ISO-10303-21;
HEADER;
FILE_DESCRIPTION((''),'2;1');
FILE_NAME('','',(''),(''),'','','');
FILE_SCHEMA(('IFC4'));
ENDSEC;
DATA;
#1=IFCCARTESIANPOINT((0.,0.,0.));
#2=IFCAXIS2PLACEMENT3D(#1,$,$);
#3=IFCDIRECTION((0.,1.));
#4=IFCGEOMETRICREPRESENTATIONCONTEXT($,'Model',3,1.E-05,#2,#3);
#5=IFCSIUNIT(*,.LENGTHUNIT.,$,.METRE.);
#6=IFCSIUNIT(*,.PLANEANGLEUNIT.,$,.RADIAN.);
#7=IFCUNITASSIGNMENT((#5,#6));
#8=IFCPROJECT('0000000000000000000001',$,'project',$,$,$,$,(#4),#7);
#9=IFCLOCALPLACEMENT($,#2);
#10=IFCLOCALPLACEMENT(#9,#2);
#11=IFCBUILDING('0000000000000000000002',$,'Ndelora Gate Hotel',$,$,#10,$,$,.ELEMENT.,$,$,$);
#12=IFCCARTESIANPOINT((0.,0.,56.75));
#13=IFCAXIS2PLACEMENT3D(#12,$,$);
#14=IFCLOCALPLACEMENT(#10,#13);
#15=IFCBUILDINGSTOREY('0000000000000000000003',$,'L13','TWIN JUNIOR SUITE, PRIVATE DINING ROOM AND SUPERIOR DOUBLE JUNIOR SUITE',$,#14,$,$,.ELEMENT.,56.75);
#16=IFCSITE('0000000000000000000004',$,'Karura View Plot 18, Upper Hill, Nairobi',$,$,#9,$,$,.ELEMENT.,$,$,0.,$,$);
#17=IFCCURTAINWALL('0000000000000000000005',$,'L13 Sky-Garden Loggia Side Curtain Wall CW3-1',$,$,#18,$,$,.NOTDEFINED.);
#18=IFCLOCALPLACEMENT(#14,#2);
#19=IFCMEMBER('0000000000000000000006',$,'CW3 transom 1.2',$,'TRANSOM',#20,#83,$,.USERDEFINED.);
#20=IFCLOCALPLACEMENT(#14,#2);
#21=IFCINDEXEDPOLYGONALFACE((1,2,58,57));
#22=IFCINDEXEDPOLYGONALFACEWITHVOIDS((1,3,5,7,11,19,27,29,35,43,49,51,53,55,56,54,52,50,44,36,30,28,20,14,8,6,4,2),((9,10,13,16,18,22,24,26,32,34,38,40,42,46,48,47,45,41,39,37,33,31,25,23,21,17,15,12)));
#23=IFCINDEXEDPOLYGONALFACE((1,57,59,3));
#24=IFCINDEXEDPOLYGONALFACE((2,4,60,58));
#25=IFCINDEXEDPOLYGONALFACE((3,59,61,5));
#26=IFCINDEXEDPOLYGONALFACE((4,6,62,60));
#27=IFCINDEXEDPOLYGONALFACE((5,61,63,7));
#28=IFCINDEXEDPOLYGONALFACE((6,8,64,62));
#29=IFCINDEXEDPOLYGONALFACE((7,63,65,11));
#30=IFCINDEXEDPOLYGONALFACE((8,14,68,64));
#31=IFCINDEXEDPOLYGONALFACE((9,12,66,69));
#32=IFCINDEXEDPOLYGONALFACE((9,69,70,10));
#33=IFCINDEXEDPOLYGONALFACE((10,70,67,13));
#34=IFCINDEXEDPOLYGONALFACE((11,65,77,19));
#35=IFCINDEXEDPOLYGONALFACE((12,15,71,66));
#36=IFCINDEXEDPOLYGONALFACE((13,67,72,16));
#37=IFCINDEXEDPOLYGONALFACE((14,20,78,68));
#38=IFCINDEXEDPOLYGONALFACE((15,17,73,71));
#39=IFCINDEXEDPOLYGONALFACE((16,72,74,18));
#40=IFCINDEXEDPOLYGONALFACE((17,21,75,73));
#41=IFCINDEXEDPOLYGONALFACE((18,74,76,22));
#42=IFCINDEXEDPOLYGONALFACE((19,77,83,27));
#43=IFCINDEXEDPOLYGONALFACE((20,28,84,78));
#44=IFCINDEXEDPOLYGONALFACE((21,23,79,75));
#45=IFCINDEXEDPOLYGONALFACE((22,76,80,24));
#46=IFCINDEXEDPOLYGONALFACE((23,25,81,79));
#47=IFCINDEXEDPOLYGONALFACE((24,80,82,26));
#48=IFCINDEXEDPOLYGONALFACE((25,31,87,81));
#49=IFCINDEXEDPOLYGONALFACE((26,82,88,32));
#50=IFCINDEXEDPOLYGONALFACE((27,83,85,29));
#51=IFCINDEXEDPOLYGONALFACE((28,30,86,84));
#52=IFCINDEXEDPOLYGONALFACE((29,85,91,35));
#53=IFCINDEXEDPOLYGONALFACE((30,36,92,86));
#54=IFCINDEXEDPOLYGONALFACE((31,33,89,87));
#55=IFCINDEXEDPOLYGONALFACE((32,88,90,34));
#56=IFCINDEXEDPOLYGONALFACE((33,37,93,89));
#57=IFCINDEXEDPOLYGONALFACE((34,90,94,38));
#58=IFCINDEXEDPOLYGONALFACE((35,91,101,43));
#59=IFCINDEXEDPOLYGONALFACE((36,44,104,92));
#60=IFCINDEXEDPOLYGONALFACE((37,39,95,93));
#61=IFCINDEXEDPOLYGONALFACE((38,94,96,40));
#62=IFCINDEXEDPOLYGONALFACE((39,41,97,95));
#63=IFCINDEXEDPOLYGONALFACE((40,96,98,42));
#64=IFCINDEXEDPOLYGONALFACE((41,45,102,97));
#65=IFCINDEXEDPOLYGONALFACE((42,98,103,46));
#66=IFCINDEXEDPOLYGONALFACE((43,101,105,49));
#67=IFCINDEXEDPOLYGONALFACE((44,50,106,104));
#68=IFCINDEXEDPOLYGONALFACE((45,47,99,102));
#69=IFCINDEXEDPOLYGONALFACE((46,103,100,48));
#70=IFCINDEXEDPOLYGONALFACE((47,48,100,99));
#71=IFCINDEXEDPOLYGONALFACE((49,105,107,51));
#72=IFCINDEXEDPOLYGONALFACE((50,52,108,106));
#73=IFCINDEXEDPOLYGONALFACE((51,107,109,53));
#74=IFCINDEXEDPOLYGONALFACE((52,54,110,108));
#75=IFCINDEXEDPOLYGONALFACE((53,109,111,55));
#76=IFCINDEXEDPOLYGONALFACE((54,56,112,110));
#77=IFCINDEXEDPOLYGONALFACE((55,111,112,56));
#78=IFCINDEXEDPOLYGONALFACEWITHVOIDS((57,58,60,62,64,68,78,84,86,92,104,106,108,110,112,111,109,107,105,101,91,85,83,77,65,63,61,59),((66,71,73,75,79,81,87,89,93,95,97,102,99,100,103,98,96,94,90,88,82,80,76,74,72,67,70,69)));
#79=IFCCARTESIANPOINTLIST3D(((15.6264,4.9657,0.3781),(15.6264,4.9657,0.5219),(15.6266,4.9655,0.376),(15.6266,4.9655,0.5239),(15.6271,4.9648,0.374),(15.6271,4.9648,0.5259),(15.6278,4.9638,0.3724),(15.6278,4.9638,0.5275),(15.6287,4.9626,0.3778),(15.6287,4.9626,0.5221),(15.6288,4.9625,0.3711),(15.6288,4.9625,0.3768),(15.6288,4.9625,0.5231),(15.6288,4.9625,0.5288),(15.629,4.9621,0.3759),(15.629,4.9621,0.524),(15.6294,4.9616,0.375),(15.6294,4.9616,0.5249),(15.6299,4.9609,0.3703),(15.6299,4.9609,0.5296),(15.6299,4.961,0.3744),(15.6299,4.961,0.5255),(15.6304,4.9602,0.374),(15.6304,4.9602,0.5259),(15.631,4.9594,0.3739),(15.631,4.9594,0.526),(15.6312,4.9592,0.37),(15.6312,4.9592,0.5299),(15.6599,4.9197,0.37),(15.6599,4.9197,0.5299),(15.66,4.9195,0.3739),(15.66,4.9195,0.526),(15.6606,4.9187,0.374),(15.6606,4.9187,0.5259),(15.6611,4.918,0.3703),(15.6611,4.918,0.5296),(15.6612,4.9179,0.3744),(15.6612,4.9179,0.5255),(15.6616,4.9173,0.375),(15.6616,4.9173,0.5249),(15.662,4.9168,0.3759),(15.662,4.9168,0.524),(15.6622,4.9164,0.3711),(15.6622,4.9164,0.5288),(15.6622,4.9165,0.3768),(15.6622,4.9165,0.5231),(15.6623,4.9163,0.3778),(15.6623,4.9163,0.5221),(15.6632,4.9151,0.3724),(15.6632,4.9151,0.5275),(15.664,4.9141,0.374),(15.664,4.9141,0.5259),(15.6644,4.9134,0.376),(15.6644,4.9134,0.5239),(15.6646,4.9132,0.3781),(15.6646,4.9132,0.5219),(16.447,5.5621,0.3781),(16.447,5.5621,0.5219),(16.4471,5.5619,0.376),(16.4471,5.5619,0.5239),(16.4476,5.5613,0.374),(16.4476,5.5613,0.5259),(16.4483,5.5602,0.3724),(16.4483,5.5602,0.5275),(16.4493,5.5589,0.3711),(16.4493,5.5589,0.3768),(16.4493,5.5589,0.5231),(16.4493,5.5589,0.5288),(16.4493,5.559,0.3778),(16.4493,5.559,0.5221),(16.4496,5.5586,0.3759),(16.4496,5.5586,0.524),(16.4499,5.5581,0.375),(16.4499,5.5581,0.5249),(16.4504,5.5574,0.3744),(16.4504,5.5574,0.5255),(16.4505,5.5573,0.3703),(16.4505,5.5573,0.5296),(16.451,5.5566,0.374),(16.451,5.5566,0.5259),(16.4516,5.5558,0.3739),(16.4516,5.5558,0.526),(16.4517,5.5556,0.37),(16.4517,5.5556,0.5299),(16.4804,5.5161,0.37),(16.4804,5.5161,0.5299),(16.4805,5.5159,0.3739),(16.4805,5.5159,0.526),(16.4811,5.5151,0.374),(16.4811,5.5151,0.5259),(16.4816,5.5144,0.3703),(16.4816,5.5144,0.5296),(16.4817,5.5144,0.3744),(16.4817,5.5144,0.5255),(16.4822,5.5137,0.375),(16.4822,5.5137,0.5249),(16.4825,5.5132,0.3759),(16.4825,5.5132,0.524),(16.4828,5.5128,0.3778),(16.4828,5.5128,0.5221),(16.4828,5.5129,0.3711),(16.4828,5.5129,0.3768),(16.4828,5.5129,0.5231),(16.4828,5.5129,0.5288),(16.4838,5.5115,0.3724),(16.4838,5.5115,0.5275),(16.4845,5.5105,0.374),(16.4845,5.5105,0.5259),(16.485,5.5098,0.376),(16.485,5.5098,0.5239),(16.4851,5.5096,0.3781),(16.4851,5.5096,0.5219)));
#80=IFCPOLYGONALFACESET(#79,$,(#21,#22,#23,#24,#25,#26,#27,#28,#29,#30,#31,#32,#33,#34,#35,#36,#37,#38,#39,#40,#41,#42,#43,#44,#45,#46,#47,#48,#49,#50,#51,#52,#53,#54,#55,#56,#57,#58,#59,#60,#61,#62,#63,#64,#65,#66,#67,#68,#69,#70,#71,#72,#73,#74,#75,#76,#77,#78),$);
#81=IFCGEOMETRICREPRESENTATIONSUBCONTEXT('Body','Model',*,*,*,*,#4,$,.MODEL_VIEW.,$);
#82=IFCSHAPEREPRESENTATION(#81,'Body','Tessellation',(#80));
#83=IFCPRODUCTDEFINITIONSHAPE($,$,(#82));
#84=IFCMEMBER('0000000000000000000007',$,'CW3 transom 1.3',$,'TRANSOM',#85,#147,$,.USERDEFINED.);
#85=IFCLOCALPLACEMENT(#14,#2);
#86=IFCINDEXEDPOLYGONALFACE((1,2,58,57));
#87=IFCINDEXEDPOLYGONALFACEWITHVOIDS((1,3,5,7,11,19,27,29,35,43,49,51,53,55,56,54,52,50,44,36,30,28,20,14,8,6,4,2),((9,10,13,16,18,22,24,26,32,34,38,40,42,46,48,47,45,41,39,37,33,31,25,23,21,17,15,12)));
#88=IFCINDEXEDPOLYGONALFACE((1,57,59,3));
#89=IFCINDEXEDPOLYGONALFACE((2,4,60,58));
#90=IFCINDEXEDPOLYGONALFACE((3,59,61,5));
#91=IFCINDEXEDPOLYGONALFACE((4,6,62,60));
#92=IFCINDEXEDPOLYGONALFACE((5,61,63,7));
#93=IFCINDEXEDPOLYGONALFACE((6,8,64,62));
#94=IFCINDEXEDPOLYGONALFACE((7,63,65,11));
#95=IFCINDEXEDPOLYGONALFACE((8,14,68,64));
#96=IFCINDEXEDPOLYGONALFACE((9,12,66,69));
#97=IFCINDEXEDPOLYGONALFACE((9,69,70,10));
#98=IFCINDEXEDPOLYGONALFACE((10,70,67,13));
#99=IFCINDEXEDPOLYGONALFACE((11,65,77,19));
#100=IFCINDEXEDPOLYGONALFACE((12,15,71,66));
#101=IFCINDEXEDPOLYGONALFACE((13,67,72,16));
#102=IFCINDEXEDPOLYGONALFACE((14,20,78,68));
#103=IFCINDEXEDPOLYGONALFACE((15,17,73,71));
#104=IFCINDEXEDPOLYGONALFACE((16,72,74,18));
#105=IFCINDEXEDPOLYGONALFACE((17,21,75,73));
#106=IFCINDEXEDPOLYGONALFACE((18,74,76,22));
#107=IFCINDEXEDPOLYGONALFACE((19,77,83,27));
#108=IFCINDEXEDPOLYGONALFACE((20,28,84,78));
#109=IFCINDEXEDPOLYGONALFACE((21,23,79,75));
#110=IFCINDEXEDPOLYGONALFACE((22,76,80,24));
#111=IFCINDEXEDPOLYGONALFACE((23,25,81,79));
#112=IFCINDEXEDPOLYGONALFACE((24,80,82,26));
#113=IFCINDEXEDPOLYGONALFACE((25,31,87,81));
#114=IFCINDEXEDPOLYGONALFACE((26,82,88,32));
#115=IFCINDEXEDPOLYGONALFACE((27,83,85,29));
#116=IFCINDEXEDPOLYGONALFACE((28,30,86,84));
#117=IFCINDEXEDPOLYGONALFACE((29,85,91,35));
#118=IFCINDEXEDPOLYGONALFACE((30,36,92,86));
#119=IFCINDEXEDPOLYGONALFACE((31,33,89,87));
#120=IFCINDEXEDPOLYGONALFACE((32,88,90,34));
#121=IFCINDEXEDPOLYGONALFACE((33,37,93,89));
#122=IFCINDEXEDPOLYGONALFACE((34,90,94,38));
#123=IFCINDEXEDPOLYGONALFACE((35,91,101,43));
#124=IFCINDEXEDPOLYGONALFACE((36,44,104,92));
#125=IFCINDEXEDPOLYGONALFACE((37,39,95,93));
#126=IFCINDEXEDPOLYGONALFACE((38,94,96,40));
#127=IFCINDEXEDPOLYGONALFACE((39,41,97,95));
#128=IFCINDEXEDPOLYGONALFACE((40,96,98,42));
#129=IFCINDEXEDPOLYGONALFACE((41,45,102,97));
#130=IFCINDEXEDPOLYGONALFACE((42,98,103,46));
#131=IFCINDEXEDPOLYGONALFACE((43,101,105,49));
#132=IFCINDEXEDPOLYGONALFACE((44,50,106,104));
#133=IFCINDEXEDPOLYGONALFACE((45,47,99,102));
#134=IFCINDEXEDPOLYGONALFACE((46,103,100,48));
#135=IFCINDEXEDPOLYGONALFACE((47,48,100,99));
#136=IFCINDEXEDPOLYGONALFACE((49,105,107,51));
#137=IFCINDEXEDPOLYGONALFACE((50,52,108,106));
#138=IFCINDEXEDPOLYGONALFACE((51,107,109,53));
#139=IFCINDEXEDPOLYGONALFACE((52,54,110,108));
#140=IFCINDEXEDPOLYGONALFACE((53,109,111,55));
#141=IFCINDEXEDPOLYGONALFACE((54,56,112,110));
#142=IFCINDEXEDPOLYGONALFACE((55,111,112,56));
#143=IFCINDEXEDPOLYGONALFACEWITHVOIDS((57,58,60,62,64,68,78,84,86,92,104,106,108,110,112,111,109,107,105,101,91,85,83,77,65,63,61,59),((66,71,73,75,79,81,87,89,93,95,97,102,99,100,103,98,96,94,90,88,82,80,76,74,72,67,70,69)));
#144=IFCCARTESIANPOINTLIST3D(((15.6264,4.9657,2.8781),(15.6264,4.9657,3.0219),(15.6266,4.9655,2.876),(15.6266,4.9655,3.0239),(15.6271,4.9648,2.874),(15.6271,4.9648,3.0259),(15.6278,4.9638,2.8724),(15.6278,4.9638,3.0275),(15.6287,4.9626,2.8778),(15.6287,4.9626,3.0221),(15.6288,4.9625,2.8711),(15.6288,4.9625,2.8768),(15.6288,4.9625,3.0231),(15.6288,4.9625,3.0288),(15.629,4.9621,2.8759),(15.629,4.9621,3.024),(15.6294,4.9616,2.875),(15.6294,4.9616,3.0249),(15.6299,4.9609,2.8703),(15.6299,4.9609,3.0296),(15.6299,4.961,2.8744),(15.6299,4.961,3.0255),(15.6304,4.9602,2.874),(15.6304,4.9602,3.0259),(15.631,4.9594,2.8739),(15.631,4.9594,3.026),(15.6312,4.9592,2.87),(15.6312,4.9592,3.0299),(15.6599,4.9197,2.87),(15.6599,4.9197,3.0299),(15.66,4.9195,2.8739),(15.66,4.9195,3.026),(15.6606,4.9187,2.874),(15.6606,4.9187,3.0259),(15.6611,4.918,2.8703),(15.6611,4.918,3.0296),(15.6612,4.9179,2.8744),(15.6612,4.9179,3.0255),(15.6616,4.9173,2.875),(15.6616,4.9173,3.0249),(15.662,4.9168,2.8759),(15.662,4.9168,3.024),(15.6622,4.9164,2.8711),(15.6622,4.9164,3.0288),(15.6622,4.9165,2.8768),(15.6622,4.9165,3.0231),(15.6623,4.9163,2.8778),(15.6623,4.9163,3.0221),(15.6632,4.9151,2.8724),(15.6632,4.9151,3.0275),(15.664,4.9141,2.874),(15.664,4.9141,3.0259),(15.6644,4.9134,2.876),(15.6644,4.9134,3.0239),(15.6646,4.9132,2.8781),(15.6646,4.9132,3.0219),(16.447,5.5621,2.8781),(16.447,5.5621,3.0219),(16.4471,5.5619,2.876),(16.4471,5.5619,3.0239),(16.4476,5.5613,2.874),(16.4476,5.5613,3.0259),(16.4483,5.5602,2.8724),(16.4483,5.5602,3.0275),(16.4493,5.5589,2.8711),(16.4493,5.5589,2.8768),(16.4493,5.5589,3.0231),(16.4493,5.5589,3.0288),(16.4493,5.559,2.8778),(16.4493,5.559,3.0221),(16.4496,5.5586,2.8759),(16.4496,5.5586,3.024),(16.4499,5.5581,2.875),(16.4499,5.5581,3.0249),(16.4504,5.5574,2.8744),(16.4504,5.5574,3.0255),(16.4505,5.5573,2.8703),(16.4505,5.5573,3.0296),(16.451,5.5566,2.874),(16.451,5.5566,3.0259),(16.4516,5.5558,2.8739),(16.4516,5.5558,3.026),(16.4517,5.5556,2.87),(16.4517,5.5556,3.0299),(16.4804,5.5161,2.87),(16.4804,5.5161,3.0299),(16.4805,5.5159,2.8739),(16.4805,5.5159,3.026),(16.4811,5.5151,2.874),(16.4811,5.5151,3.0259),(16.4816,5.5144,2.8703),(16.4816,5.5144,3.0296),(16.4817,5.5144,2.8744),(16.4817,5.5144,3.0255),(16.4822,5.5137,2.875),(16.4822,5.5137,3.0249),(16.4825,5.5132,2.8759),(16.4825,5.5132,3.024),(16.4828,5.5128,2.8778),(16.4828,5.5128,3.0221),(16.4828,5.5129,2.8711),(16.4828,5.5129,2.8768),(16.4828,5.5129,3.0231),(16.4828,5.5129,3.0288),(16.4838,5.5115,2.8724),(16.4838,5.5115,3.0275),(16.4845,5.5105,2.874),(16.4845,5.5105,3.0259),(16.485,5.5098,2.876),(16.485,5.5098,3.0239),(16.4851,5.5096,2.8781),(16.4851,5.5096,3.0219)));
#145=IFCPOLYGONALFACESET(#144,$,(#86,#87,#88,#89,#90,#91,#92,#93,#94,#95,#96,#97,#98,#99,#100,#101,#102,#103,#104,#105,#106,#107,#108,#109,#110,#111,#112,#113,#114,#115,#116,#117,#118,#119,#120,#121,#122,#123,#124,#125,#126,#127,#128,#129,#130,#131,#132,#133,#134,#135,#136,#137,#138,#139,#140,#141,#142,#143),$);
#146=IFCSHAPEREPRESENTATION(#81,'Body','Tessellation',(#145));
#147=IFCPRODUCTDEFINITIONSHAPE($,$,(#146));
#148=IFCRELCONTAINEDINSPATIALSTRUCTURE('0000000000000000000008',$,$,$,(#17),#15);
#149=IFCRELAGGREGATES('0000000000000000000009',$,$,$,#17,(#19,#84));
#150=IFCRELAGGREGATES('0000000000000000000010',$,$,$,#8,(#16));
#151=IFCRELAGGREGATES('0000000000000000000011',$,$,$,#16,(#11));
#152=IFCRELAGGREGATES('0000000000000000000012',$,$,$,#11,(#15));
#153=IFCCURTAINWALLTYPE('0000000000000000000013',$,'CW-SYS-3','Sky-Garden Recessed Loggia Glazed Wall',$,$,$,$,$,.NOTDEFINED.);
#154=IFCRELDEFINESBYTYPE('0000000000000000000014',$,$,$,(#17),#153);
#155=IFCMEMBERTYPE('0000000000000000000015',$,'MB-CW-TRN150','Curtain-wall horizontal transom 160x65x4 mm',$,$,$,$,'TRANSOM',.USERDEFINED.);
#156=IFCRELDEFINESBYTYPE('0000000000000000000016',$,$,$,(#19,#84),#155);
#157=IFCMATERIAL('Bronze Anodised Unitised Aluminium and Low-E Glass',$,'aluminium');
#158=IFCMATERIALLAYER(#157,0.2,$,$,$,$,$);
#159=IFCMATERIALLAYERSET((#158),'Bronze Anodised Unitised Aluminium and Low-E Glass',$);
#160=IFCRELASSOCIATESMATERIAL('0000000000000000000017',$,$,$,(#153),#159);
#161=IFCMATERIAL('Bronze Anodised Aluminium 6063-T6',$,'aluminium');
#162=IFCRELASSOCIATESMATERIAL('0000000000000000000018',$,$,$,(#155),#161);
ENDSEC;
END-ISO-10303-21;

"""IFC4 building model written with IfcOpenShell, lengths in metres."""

from ifc_helpers import new_model, si_unit, direction, frame, origin, origin_2d, place, context, subcontext, project, spatial, hollow_rectangle, extrude, material, layer, layer_set, material_profile, profile_set, type_object, element, aggregate, save


model = new_model("IFC4")

# Units and contexts
model_context = context("Model", 3, precision=1e-05, world=origin(), true_north=direction((0.0, 1.0)))
body_context = subcontext(model_context, "Body", "Model", "MODEL_VIEW")
ifc_project = project(units=[si_unit("LENGTHUNIT", "METRE"), si_unit("PLANEANGLEUNIT", "RADIAN")], contexts=[model_context])

# Site, building, storey
site_placement = place(None, origin())
site = spatial("IfcSite", under=ifc_project, at=site_placement, Name="Karura View Plot 18, Upper Hill, Nairobi", CompositionType="ELEMENT", RefElevation=0.0)
building_placement = place(site_placement, origin())
building = spatial("IfcBuilding", under=site, at=building_placement, Name="Ndelora Gate Hotel", CompositionType="ELEMENT")
storey_placement = place(building_placement, frame((0.0, 0.0, 56.75)))
storey = spatial("IfcBuildingStorey", under=building, at=storey_placement, Name="L13", Description="TWIN JUNIOR SUITE, PRIVATE DINING ROOM AND SUPERIOR DOUBLE JUNIOR SUITE", CompositionType="ELEMENT", Elevation=56.75)

# Curtain wall, members
ifc_material_1 = material(Name="Bronze Anodised Unitised Aluminium and Low-E Glass", Category="aluminium")
ifc_layer_1 = layer(ifc_material_1, 0.2)
ifc_layer_set_1 = layer_set([ifc_layer_1], Name="Bronze Anodised Unitised Aluminium and Low-E Glass")
curtain_wall_type = type_object("IfcCurtainWallType", Name="CW-SYS-3", Description="Sky-Garden Recessed Loggia Glazed Wall", PredefinedType="NOTDEFINED", material=ifc_layer_set_1)
curtain_wall_placement = place(storey_placement, origin())
curtain_wall = element("IfcCurtainWall", 1, at=curtain_wall_placement, inside=storey, type_object=curtain_wall_type, Name="L13 Sky-Garden Loggia Side Curtain Wall CW3-1", PredefinedType="NOTDEFINED")
ifc_material_2 = material(Name="Bronze Anodised Aluminium 6063-T6", Category="aluminium")
ifc_material_profile_1 = material_profile(ifc_material_2, hollow_rectangle(XDim=0.0649, YDim=0.1599, WallThickness=0.0039, InnerFilletRadius=0.0039, OuterFilletRadius=0.0081, at=origin_2d()), Name="ALU 160x65x4")
ifc_profile_set_1 = profile_set([ifc_material_profile_1], Name="Bronze Anodised Aluminium 6063-T6")
member_type_1 = type_object("IfcMemberType", Name="MB-CW-TRN150", Description="Curtain-wall horizontal transom 160x65x4 mm", ElementType="TRANSOM", PredefinedType="USERDEFINED", material=ifc_profile_set_1)
member_1_placement = place(storey_placement, frame((15.6455, 4.9395, 0.45), z_axis=(0.808892, 0.587957, 0.0), x_axis=(-0.587957, 0.808892, 0.0)))
member_1 = element("IfcMember", 2, at=member_1_placement, type_object=member_type_1, Name="CW3 transom 1.2", ObjectType="TRANSOM", PredefinedType="USERDEFINED", context=body_context, shape_type="SweptSolid", body=[
    extrude(hollow_rectangle(XDim=0.0649, YDim=0.1599, WallThickness=0.0039, InnerFilletRadius=0.0039, OuterFilletRadius=0.0081, at=origin_2d()), origin(), (0.0, 0.0, 1.0), 1.0144),
])
member_2_placement = place(storey_placement, frame((15.6455, 4.9395, 2.95), z_axis=(0.808892, 0.587957, 0.0), x_axis=(-0.587957, 0.808892, 0.0)))
member_2 = element("IfcMember", 3, at=member_2_placement, type_object=member_type_1, Name="CW3 transom 1.3", ObjectType="TRANSOM", PredefinedType="USERDEFINED", context=body_context, shape_type="SweptSolid", body=[
    extrude(hollow_rectangle(XDim=0.0649, YDim=0.1599, WallThickness=0.0039, InnerFilletRadius=0.0039, OuterFilletRadius=0.0081, at=origin_2d()), origin(), (0.0, 0.0, 1.0), 1.0144),
])
aggregate(curtain_wall, [member_1, member_2])

save(model, "model.ifc")
